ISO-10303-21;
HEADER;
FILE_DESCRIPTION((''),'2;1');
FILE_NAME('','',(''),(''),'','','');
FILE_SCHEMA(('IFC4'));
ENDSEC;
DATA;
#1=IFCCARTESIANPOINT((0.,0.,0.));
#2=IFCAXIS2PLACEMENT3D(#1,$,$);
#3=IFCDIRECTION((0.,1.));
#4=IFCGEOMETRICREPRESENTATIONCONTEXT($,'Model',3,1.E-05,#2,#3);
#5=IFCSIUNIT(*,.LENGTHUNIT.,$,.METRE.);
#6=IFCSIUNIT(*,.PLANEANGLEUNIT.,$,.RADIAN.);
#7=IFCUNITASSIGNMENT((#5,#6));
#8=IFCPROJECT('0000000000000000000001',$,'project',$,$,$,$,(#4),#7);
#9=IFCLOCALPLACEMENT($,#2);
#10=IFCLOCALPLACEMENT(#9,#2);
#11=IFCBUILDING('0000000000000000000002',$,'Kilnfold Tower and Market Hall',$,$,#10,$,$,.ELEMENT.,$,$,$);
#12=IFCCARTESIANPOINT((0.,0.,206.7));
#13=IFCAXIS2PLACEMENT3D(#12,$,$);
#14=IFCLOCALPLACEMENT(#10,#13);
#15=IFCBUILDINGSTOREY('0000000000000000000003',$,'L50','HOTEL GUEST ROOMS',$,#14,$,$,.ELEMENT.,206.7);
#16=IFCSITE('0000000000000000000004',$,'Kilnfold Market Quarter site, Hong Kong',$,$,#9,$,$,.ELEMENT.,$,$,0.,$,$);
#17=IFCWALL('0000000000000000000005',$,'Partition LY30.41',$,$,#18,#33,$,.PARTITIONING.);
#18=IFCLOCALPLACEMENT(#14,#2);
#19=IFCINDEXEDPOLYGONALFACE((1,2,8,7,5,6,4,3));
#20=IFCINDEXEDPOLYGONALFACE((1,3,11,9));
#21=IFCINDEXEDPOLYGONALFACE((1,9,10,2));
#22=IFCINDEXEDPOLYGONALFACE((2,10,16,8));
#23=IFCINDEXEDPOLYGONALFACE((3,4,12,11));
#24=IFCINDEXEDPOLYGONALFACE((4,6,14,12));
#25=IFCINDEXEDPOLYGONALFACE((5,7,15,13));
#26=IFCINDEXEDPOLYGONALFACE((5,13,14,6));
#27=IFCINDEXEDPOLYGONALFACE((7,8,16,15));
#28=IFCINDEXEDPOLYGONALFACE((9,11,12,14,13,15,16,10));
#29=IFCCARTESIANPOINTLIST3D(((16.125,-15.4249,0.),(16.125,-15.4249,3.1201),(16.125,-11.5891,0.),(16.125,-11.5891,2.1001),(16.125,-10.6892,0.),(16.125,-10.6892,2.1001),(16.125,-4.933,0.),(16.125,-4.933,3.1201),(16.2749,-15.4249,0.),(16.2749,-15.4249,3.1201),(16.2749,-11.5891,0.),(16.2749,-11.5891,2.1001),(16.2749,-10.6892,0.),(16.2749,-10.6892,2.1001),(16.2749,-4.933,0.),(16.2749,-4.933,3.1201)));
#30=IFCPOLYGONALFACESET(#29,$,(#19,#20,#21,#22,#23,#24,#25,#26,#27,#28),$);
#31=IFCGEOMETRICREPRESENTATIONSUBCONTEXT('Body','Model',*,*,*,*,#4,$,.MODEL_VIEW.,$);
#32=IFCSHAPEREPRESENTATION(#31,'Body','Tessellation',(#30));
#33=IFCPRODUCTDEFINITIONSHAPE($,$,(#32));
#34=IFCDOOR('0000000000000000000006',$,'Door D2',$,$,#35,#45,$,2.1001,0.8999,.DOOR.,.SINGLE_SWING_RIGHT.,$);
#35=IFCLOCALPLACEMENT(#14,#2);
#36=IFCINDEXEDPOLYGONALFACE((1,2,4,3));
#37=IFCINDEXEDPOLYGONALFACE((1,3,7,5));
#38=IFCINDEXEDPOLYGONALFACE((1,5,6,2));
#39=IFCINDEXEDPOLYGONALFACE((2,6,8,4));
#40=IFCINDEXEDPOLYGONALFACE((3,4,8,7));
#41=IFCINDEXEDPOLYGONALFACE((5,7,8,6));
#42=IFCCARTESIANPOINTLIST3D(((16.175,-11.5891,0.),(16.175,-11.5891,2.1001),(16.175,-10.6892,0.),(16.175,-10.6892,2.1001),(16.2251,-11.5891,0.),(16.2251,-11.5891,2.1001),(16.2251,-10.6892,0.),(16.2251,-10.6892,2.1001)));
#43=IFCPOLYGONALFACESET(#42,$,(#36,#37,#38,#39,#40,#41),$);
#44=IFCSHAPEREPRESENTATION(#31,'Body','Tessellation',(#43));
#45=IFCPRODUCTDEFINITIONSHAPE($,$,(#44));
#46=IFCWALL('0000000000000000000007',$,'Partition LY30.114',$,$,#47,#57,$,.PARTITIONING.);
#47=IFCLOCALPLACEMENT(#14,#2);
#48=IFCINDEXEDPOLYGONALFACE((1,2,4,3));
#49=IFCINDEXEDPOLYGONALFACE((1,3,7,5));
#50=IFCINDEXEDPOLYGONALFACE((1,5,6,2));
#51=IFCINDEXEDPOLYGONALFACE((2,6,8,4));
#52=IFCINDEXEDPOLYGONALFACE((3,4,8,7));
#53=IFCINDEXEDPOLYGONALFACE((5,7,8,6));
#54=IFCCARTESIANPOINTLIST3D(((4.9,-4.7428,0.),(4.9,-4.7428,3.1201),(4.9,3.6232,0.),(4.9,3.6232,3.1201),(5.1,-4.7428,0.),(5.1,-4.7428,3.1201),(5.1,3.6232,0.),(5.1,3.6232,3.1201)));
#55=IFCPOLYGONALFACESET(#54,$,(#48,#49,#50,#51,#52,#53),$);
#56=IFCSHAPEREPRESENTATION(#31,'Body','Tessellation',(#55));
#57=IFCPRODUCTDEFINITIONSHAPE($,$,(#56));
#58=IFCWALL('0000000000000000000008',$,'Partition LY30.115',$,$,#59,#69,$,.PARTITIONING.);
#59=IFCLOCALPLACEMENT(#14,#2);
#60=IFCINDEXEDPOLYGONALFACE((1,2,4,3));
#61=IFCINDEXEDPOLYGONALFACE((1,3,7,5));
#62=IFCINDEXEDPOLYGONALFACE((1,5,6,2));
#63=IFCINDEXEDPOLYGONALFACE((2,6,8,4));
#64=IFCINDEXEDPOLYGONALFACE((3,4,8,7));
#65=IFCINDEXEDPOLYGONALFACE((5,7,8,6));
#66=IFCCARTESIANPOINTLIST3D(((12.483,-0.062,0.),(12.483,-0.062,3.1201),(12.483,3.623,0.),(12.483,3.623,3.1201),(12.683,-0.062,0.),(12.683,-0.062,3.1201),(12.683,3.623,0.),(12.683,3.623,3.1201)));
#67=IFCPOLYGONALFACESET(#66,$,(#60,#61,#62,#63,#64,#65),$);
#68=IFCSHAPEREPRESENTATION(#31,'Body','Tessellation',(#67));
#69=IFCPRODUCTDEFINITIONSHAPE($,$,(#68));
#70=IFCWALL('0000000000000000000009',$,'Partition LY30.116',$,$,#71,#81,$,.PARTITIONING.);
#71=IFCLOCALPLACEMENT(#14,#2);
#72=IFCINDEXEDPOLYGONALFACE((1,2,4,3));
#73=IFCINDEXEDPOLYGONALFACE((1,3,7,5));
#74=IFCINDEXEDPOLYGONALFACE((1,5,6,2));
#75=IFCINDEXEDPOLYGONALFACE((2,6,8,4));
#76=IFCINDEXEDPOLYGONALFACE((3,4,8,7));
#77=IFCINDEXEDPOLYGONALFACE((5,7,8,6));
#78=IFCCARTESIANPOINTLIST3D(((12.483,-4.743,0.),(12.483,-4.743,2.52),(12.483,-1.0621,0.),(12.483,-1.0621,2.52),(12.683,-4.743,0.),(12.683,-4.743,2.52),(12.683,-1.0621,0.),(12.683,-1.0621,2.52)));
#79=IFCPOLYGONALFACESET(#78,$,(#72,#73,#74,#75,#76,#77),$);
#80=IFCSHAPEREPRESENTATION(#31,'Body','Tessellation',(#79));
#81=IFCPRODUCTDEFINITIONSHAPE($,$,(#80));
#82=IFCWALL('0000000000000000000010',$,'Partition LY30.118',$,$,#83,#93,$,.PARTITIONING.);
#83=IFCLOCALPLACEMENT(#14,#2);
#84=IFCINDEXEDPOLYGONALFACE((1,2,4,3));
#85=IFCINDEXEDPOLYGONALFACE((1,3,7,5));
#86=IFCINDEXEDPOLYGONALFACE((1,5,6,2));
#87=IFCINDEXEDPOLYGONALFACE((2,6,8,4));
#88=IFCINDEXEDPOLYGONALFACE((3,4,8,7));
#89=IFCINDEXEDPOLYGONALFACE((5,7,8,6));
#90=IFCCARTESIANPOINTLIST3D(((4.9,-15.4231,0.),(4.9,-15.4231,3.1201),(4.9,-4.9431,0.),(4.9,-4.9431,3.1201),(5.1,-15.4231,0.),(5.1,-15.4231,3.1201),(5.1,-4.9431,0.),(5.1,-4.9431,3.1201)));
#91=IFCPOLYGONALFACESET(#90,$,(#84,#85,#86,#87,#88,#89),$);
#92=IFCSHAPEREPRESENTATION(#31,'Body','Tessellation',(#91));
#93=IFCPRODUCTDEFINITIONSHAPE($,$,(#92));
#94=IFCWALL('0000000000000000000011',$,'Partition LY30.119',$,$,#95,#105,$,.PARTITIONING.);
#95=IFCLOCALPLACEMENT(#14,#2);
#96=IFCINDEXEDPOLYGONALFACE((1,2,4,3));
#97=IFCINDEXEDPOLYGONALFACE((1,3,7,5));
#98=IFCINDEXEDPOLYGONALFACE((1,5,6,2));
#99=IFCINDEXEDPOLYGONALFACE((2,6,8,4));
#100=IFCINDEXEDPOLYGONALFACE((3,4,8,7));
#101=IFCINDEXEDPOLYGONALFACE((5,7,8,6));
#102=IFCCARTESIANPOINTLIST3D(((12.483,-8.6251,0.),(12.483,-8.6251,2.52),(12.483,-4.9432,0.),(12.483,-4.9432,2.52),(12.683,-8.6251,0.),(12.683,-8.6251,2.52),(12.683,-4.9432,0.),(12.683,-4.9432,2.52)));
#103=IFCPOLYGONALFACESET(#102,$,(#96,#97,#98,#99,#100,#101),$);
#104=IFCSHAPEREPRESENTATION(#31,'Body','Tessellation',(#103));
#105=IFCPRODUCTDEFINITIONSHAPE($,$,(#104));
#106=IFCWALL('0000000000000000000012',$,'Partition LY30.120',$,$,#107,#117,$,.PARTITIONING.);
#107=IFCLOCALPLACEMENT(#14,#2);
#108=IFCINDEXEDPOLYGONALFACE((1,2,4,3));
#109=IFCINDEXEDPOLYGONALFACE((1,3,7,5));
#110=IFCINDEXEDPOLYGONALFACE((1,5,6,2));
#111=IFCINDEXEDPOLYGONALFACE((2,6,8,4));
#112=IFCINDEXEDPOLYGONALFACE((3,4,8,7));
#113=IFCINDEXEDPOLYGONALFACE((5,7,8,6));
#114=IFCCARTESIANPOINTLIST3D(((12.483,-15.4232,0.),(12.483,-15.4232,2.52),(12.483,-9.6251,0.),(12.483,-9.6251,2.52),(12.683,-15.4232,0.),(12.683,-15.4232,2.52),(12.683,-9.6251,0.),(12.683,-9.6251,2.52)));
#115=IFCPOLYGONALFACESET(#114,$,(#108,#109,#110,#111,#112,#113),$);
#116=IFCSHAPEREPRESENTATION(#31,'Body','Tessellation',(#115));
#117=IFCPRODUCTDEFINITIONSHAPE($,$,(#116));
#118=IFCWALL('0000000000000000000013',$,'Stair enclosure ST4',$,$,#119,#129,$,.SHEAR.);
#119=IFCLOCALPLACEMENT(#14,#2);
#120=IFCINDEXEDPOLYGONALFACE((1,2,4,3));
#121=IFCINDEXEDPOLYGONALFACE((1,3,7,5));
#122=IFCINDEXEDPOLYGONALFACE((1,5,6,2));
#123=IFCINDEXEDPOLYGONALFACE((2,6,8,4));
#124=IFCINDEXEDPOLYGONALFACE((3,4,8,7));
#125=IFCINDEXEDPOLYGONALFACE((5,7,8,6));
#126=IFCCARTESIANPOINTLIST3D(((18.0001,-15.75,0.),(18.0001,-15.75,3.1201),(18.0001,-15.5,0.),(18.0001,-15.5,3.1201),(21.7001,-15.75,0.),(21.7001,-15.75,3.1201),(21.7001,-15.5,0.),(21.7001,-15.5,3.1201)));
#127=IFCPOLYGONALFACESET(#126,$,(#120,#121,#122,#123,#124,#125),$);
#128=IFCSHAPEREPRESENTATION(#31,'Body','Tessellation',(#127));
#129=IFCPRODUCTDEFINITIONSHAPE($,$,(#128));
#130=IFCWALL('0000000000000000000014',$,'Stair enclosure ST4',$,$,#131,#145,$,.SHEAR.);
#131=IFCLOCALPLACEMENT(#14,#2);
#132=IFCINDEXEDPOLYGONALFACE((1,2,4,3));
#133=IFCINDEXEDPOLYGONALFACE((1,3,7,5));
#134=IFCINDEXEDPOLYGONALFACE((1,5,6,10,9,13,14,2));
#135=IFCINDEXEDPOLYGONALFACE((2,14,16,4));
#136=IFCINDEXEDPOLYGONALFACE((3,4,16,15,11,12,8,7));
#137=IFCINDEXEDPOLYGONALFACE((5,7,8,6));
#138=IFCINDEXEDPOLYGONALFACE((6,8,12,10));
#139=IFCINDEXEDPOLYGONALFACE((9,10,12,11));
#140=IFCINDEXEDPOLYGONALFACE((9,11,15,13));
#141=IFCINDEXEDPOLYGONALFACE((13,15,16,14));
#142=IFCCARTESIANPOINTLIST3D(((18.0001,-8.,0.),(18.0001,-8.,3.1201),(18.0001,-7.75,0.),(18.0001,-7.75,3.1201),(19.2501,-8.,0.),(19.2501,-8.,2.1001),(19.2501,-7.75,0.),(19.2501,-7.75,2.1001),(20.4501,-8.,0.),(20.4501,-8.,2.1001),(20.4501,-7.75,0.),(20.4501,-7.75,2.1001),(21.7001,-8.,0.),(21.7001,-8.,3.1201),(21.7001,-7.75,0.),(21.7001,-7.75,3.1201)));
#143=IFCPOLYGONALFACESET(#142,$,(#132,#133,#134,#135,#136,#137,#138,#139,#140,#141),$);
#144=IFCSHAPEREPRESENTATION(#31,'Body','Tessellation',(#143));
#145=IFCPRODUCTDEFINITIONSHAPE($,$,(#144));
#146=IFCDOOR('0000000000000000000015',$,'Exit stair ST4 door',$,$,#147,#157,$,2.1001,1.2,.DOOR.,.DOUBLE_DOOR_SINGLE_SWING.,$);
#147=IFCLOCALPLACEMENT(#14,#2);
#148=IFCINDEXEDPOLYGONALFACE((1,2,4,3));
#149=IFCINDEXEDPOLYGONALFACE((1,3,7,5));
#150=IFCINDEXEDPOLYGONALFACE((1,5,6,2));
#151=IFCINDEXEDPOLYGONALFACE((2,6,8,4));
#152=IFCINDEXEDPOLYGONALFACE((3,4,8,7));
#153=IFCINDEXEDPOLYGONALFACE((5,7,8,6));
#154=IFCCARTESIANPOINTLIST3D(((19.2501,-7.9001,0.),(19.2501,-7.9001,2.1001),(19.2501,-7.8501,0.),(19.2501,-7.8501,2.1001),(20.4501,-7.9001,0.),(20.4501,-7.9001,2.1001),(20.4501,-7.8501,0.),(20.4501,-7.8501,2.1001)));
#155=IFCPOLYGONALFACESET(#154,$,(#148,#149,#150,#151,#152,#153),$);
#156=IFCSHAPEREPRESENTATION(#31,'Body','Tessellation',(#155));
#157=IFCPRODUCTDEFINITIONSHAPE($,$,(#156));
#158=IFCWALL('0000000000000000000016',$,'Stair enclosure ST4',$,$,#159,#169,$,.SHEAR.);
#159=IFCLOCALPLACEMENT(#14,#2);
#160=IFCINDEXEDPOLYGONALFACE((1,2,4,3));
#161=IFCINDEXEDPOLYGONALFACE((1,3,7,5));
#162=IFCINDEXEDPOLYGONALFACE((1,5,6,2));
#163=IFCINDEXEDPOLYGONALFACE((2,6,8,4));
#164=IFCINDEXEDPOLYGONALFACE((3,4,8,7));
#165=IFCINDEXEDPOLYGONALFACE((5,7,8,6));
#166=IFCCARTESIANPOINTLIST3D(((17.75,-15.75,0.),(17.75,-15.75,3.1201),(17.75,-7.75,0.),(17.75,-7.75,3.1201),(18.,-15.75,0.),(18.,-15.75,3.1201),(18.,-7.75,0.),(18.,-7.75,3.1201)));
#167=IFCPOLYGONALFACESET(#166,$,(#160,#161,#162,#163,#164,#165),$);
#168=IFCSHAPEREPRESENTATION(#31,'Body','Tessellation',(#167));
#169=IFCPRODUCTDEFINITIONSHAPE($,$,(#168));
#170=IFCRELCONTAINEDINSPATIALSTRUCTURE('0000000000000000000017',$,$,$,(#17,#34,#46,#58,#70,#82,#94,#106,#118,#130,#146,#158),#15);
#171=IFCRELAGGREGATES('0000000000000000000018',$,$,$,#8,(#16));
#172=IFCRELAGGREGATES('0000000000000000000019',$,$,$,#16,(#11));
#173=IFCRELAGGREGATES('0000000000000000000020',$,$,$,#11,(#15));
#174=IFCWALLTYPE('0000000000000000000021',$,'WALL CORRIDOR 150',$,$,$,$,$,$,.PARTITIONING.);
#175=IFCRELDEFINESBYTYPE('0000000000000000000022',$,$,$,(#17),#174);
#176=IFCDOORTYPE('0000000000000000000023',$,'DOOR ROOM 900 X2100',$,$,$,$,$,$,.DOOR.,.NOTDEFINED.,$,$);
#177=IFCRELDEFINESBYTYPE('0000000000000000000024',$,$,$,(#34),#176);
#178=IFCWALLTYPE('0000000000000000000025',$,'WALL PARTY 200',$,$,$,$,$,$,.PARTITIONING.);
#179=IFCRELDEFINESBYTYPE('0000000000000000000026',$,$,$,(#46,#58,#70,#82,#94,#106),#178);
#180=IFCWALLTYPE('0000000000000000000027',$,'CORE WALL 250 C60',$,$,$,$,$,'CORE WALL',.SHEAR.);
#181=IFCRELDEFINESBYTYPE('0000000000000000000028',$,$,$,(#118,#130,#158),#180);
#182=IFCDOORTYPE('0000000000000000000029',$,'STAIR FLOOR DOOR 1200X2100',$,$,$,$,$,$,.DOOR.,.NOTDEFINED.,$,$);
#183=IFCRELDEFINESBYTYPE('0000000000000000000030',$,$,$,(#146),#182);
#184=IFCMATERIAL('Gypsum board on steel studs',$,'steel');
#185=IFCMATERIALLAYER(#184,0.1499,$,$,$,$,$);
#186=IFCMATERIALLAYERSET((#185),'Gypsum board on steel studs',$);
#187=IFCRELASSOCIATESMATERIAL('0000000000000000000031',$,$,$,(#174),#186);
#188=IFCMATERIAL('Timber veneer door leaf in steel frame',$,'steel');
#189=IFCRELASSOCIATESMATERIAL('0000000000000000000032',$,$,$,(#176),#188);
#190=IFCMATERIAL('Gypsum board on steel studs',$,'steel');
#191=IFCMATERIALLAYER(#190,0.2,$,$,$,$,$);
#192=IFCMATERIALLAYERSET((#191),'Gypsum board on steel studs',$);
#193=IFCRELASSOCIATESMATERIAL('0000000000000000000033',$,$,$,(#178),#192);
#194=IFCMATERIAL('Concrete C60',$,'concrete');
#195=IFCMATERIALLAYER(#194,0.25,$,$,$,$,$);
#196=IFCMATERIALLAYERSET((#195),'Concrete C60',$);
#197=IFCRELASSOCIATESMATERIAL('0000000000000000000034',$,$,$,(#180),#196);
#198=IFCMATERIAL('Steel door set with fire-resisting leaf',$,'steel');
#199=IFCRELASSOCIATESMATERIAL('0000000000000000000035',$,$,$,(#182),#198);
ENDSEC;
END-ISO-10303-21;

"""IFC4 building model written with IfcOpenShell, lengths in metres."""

from ifc_helpers import new_model, si_unit, direction, frame, frame_2d, origin, place, context, subcontext, project, spatial, rectangle, extrude, source, transform, mapped, material, layer, layer_set, type_object, element, fill, save


model = new_model("IFC4")

# Units and contexts
model_context = context("Model", 3, precision=1e-05, world=origin(), true_north=direction((0.0, 1.0)))
body_context = subcontext(model_context, "Body", "Model", "MODEL_VIEW")
ifc_project = project(units=[si_unit("LENGTHUNIT", "METRE"), si_unit("PLANEANGLEUNIT", "RADIAN")], contexts=[model_context])

# Site, building, storey
site_placement = place(None, origin())
site = spatial("IfcSite", under=ifc_project, at=site_placement, Name="Kilnfold Market Quarter site, Hong Kong", CompositionType="ELEMENT", RefElevation=0.0)
building_placement = place(site_placement, origin())
building = spatial("IfcBuilding", under=site, at=building_placement, Name="Kilnfold Tower and Market Hall", CompositionType="ELEMENT")
storey_placement = place(building_placement, frame((0.0, 0.0, 206.7)))
storey = spatial("IfcBuildingStorey", under=building, at=storey_placement, Name="L50", Description="HOTEL GUEST ROOMS", CompositionType="ELEMENT", Elevation=206.7)

# Shared definitions
ifc_material_1 = material(Name="Gypsum board on steel studs", Category="steel")
ifc_layer_1 = layer(ifc_material_1, 0.1499)
ifc_layer_set_1 = layer_set([ifc_layer_1], Name="Gypsum board on steel studs")
wall_type_1 = type_object("IfcWallType", Name="WALL CORRIDOR 150", PredefinedType="PARTITIONING", material=ifc_layer_set_1)
ifc_material_2 = material(Name="Timber veneer door leaf in steel frame", Category="steel")
door_type_1 = type_object("IfcDoorType", Name="DOOR ROOM 900 X2100", OperationType="NOTDEFINED", PredefinedType="DOOR", material=ifc_material_2)

# Wall, opening, door
wall_1_placement = place(storey_placement, frame((16.2, -15.425, 0.0), z_axis=(0.0, 0.0, 1.0), x_axis=(0.0, 1.0, 0.0)))
wall_1 = element("IfcWall", 1, at=wall_1_placement, inside=storey, type_object=wall_type_1, Name="Partition LY30.41", PredefinedType="PARTITIONING", context=body_context, shape_type="SweptSolid", body=[
    extrude(rectangle(XDim=10.4919, YDim=0.1499, at=frame_2d((5.2461, 0.0))), origin(), (0.0, 0.0, 1.0), 3.1201),
])
opening_1_placement = place(wall_1_placement, frame((3.8359, 0.0, 0.0)))
opening_1 = element("IfcOpeningElement", 2, at=opening_1_placement, cuts=wall_1, PredefinedType="OPENING", context=body_context, shape_type="SweptSolid", body=[
    extrude(rectangle(XDim=0.8999, YDim=2.1001, at=frame_2d((0.45, 1.05))), frame((0.0, 0.085, 0.0), z_axis=(0.0, -1.0, 0.0), x_axis=(1.0, 0.0, 0.0)), (0.0, 0.0, 1.0), 0.1699),
])
door_1_placement = place(opening_1_placement, origin())
door_1 = element("IfcDoor", 3, at=door_1_placement, inside=storey, type_object=door_type_1, Name="Door D2", OperationType="SINGLE_SWING_RIGHT", OverallHeight=2.1001, OverallWidth=0.8999, PredefinedType="DOOR", context=body_context, shape_type="SweptSolid", body=[
    extrude(rectangle(XDim=0.8999, YDim=2.1001, at=frame_2d((0.45, 1.05))), frame((0.0, 0.0249, 0.0), z_axis=(0.0, -1.0, 0.0), x_axis=(1.0, 0.0, 0.0)), (0.0, 0.0, 1.0), 0.05),
])
fill(opening_1, door_1)

# Walls
ifc_material_3 = material(Name="Gypsum board on steel studs", Category="steel")
ifc_layer_2 = layer(ifc_material_3, 0.2)
ifc_layer_set_2 = layer_set([ifc_layer_2], Name="Gypsum board on steel studs")
wall_type_2 = type_object("IfcWallType", Name="WALL PARTY 200", PredefinedType="PARTITIONING", material=ifc_layer_set_2)
wall_2_placement = place(storey_placement, frame((5.0, -4.7429, 0.0), z_axis=(0.0, 0.0, 1.0), x_axis=(0.0, 1.0, 0.0)))
element("IfcWall", 4, at=wall_2_placement, inside=storey, type_object=wall_type_2, Name="Partition LY30.114", PredefinedType="PARTITIONING", context=body_context, shape_type="SweptSolid", body=[
    extrude(rectangle(XDim=8.366, YDim=0.2, at=frame_2d((4.1831, 0.0))), origin(), (0.0, 0.0, 1.0), 3.1201),
])
wall_3_placement = place(storey_placement, frame((12.583, -0.062, 0.0), z_axis=(0.0, 0.0, 1.0), x_axis=(0.0, 1.0, 0.0)))
element("IfcWall", 5, at=wall_3_placement, inside=storey, type_object=wall_type_2, Name="Partition LY30.115", PredefinedType="PARTITIONING", context=body_context, shape_type="SweptSolid", body=[
    extrude(rectangle(XDim=3.6851, YDim=0.2, at=frame_2d((1.8425, 0.0))), origin(), (0.0, 0.0, 1.0), 3.1201),
])
wall_4_placement = place(storey_placement, frame((12.583, -4.7429, 0.0), z_axis=(0.0, 0.0, 1.0), x_axis=(0.0, 1.0, 0.0)))
element("IfcWall", 6, at=wall_4_placement, inside=storey, type_object=wall_type_2, Name="Partition LY30.116", PredefinedType="PARTITIONING", context=body_context, shape_type="SweptSolid", body=[
    extrude(rectangle(XDim=3.6809, YDim=0.2, at=frame_2d((1.8403, 0.0))), origin(), (0.0, 0.0, 1.0), 2.52),
])
wall_5_placement = place(storey_placement, frame((5.0, -15.4231, 0.0), z_axis=(0.0, 0.0, 1.0), x_axis=(0.0, 1.0, 0.0)))
element("IfcWall", 7, at=wall_5_placement, inside=storey, type_object=wall_type_2, Name="Partition LY30.118", PredefinedType="PARTITIONING", context=body_context, shape_type="SweptSolid", body=[
    extrude(rectangle(XDim=10.48, YDim=0.2, at=frame_2d((5.24, 0.0))), origin(), (0.0, 0.0, 1.0), 3.1201),
])
wall_6_placement = place(storey_placement, frame((12.583, -8.625, 0.0), z_axis=(0.0, 0.0, 1.0), x_axis=(0.0, 1.0, 0.0)))
element("IfcWall", 8, at=wall_6_placement, inside=storey, type_object=wall_type_2, Name="Partition LY30.119", PredefinedType="PARTITIONING", context=body_context, shape_type="SweptSolid", body=[
    extrude(rectangle(XDim=3.6819, YDim=0.2, at=frame_2d((1.8408, 0.0))), origin(), (0.0, 0.0, 1.0), 2.52),
])
wall_7_placement = place(storey_placement, frame((12.583, -15.4231, 0.0), z_axis=(0.0, 0.0, 1.0), x_axis=(0.0, 1.0, 0.0)))
element("IfcWall", 9, at=wall_7_placement, inside=storey, type_object=wall_type_2, Name="Partition LY30.120", PredefinedType="PARTITIONING", context=body_context, shape_type="SweptSolid", body=[
    extrude(rectangle(XDim=5.7981, YDim=0.2, at=frame_2d((2.8989, 0.0))), origin(), (0.0, 0.0, 1.0), 2.52),
])
ifc_material_4 = material(Name="Concrete C60", Category="concrete")
ifc_layer_3 = layer(ifc_material_4, 0.25)
ifc_layer_set_3 = layer_set([ifc_layer_3], Name="Concrete C60")
wall_type_3 = type_object("IfcWallType", Name="CORE WALL 250 C60", ElementType="CORE WALL", PredefinedType="SHEAR", material=ifc_layer_set_3)
shared_shape_1 = source(origin(), body_context, "Body", "SweptSolid", [
    extrude(rectangle(XDim=3.7, YDim=0.25, at=frame_2d((1.8501, 0.0))), origin(), (0.0, 0.0, 1.0), 3.1201),
])
wall_8_placement = place(storey_placement, frame((18.0, -15.625, 0.0), z_axis=(0.0, 0.0, 1.0), x_axis=(1.0, 0.0, 0.0)))
element("IfcWall", 10, at=wall_8_placement, inside=storey, type_object=wall_type_3, Name="Stair enclosure ST4", PredefinedType="SHEAR", context=body_context, shape_type="MappedRepresentation", body=[
    mapped(shared_shape_1, transform((0.0, 0.0, 0.0))),
])

# Wall, opening, door
wall_9_placement = place(storey_placement, frame((18.0, -7.875, 0.0), z_axis=(0.0, 0.0, 1.0), x_axis=(1.0, 0.0, 0.0)))
wall_9 = element("IfcWall", 11, at=wall_9_placement, inside=storey, type_object=wall_type_3, Name="Stair enclosure ST4", PredefinedType="SHEAR", context=body_context, shape_type="MappedRepresentation", body=[
    mapped(shared_shape_1, transform((0.0, 0.0, 0.0))),
])
opening_2_placement = place(wall_9_placement, frame((1.25, 0.0, 0.0)))
opening_2 = element("IfcOpeningElement", 12, at=opening_2_placement, cuts=wall_9, PredefinedType="OPENING", context=body_context, shape_type="SweptSolid", body=[
    extrude(rectangle(XDim=1.2, YDim=2.1001, at=frame_2d((0.6001, 1.05))), frame((0.0, 0.135, 0.0), z_axis=(0.0, -1.0, 0.0), x_axis=(1.0, 0.0, 0.0)), (0.0, 0.0, 1.0), 0.27),
])
ifc_material_5 = material(Name="Steel door set with fire-resisting leaf", Category="steel")
door_type_2 = type_object("IfcDoorType", Name="STAIR FLOOR DOOR 1200X2100", OperationType="NOTDEFINED", PredefinedType="DOOR", material=ifc_material_5)
door_2_placement = place(opening_2_placement, origin())
door_2 = element("IfcDoor", 13, at=door_2_placement, inside=storey, type_object=door_type_2, Name="Exit stair ST4 door", OperationType="DOUBLE_DOOR_SINGLE_SWING", OverallHeight=2.1001, OverallWidth=1.2, PredefinedType="DOOR", context=body_context, shape_type="SweptSolid", body=[
    extrude(rectangle(XDim=1.2, YDim=2.1001, at=frame_2d((0.6001, 1.05))), frame((0.0, 0.0249, 0.0), z_axis=(0.0, -1.0, 0.0), x_axis=(1.0, 0.0, 0.0)), (0.0, 0.0, 1.0), 0.05),
])
fill(opening_2, door_2)

# Wall
shared_shape_2 = source(origin(), body_context, "Body", "SweptSolid", [
    extrude(rectangle(XDim=8.0, YDim=0.25, at=frame_2d((4.0, 0.0))), origin(), (0.0, 0.0, 1.0), 3.1201),
])
wall_10_placement = place(storey_placement, frame((17.875, -15.75, 0.0), z_axis=(0.0, 0.0, 1.0), x_axis=(0.0, 1.0, 0.0)))
element("IfcWall", 14, at=wall_10_placement, inside=storey, type_object=wall_type_3, Name="Stair enclosure ST4", PredefinedType="SHEAR", context=body_context, shape_type="MappedRepresentation", body=[
    mapped(shared_shape_2, transform((0.0, 0.0, 0.0))),
])

save(model, "model.ifc")
